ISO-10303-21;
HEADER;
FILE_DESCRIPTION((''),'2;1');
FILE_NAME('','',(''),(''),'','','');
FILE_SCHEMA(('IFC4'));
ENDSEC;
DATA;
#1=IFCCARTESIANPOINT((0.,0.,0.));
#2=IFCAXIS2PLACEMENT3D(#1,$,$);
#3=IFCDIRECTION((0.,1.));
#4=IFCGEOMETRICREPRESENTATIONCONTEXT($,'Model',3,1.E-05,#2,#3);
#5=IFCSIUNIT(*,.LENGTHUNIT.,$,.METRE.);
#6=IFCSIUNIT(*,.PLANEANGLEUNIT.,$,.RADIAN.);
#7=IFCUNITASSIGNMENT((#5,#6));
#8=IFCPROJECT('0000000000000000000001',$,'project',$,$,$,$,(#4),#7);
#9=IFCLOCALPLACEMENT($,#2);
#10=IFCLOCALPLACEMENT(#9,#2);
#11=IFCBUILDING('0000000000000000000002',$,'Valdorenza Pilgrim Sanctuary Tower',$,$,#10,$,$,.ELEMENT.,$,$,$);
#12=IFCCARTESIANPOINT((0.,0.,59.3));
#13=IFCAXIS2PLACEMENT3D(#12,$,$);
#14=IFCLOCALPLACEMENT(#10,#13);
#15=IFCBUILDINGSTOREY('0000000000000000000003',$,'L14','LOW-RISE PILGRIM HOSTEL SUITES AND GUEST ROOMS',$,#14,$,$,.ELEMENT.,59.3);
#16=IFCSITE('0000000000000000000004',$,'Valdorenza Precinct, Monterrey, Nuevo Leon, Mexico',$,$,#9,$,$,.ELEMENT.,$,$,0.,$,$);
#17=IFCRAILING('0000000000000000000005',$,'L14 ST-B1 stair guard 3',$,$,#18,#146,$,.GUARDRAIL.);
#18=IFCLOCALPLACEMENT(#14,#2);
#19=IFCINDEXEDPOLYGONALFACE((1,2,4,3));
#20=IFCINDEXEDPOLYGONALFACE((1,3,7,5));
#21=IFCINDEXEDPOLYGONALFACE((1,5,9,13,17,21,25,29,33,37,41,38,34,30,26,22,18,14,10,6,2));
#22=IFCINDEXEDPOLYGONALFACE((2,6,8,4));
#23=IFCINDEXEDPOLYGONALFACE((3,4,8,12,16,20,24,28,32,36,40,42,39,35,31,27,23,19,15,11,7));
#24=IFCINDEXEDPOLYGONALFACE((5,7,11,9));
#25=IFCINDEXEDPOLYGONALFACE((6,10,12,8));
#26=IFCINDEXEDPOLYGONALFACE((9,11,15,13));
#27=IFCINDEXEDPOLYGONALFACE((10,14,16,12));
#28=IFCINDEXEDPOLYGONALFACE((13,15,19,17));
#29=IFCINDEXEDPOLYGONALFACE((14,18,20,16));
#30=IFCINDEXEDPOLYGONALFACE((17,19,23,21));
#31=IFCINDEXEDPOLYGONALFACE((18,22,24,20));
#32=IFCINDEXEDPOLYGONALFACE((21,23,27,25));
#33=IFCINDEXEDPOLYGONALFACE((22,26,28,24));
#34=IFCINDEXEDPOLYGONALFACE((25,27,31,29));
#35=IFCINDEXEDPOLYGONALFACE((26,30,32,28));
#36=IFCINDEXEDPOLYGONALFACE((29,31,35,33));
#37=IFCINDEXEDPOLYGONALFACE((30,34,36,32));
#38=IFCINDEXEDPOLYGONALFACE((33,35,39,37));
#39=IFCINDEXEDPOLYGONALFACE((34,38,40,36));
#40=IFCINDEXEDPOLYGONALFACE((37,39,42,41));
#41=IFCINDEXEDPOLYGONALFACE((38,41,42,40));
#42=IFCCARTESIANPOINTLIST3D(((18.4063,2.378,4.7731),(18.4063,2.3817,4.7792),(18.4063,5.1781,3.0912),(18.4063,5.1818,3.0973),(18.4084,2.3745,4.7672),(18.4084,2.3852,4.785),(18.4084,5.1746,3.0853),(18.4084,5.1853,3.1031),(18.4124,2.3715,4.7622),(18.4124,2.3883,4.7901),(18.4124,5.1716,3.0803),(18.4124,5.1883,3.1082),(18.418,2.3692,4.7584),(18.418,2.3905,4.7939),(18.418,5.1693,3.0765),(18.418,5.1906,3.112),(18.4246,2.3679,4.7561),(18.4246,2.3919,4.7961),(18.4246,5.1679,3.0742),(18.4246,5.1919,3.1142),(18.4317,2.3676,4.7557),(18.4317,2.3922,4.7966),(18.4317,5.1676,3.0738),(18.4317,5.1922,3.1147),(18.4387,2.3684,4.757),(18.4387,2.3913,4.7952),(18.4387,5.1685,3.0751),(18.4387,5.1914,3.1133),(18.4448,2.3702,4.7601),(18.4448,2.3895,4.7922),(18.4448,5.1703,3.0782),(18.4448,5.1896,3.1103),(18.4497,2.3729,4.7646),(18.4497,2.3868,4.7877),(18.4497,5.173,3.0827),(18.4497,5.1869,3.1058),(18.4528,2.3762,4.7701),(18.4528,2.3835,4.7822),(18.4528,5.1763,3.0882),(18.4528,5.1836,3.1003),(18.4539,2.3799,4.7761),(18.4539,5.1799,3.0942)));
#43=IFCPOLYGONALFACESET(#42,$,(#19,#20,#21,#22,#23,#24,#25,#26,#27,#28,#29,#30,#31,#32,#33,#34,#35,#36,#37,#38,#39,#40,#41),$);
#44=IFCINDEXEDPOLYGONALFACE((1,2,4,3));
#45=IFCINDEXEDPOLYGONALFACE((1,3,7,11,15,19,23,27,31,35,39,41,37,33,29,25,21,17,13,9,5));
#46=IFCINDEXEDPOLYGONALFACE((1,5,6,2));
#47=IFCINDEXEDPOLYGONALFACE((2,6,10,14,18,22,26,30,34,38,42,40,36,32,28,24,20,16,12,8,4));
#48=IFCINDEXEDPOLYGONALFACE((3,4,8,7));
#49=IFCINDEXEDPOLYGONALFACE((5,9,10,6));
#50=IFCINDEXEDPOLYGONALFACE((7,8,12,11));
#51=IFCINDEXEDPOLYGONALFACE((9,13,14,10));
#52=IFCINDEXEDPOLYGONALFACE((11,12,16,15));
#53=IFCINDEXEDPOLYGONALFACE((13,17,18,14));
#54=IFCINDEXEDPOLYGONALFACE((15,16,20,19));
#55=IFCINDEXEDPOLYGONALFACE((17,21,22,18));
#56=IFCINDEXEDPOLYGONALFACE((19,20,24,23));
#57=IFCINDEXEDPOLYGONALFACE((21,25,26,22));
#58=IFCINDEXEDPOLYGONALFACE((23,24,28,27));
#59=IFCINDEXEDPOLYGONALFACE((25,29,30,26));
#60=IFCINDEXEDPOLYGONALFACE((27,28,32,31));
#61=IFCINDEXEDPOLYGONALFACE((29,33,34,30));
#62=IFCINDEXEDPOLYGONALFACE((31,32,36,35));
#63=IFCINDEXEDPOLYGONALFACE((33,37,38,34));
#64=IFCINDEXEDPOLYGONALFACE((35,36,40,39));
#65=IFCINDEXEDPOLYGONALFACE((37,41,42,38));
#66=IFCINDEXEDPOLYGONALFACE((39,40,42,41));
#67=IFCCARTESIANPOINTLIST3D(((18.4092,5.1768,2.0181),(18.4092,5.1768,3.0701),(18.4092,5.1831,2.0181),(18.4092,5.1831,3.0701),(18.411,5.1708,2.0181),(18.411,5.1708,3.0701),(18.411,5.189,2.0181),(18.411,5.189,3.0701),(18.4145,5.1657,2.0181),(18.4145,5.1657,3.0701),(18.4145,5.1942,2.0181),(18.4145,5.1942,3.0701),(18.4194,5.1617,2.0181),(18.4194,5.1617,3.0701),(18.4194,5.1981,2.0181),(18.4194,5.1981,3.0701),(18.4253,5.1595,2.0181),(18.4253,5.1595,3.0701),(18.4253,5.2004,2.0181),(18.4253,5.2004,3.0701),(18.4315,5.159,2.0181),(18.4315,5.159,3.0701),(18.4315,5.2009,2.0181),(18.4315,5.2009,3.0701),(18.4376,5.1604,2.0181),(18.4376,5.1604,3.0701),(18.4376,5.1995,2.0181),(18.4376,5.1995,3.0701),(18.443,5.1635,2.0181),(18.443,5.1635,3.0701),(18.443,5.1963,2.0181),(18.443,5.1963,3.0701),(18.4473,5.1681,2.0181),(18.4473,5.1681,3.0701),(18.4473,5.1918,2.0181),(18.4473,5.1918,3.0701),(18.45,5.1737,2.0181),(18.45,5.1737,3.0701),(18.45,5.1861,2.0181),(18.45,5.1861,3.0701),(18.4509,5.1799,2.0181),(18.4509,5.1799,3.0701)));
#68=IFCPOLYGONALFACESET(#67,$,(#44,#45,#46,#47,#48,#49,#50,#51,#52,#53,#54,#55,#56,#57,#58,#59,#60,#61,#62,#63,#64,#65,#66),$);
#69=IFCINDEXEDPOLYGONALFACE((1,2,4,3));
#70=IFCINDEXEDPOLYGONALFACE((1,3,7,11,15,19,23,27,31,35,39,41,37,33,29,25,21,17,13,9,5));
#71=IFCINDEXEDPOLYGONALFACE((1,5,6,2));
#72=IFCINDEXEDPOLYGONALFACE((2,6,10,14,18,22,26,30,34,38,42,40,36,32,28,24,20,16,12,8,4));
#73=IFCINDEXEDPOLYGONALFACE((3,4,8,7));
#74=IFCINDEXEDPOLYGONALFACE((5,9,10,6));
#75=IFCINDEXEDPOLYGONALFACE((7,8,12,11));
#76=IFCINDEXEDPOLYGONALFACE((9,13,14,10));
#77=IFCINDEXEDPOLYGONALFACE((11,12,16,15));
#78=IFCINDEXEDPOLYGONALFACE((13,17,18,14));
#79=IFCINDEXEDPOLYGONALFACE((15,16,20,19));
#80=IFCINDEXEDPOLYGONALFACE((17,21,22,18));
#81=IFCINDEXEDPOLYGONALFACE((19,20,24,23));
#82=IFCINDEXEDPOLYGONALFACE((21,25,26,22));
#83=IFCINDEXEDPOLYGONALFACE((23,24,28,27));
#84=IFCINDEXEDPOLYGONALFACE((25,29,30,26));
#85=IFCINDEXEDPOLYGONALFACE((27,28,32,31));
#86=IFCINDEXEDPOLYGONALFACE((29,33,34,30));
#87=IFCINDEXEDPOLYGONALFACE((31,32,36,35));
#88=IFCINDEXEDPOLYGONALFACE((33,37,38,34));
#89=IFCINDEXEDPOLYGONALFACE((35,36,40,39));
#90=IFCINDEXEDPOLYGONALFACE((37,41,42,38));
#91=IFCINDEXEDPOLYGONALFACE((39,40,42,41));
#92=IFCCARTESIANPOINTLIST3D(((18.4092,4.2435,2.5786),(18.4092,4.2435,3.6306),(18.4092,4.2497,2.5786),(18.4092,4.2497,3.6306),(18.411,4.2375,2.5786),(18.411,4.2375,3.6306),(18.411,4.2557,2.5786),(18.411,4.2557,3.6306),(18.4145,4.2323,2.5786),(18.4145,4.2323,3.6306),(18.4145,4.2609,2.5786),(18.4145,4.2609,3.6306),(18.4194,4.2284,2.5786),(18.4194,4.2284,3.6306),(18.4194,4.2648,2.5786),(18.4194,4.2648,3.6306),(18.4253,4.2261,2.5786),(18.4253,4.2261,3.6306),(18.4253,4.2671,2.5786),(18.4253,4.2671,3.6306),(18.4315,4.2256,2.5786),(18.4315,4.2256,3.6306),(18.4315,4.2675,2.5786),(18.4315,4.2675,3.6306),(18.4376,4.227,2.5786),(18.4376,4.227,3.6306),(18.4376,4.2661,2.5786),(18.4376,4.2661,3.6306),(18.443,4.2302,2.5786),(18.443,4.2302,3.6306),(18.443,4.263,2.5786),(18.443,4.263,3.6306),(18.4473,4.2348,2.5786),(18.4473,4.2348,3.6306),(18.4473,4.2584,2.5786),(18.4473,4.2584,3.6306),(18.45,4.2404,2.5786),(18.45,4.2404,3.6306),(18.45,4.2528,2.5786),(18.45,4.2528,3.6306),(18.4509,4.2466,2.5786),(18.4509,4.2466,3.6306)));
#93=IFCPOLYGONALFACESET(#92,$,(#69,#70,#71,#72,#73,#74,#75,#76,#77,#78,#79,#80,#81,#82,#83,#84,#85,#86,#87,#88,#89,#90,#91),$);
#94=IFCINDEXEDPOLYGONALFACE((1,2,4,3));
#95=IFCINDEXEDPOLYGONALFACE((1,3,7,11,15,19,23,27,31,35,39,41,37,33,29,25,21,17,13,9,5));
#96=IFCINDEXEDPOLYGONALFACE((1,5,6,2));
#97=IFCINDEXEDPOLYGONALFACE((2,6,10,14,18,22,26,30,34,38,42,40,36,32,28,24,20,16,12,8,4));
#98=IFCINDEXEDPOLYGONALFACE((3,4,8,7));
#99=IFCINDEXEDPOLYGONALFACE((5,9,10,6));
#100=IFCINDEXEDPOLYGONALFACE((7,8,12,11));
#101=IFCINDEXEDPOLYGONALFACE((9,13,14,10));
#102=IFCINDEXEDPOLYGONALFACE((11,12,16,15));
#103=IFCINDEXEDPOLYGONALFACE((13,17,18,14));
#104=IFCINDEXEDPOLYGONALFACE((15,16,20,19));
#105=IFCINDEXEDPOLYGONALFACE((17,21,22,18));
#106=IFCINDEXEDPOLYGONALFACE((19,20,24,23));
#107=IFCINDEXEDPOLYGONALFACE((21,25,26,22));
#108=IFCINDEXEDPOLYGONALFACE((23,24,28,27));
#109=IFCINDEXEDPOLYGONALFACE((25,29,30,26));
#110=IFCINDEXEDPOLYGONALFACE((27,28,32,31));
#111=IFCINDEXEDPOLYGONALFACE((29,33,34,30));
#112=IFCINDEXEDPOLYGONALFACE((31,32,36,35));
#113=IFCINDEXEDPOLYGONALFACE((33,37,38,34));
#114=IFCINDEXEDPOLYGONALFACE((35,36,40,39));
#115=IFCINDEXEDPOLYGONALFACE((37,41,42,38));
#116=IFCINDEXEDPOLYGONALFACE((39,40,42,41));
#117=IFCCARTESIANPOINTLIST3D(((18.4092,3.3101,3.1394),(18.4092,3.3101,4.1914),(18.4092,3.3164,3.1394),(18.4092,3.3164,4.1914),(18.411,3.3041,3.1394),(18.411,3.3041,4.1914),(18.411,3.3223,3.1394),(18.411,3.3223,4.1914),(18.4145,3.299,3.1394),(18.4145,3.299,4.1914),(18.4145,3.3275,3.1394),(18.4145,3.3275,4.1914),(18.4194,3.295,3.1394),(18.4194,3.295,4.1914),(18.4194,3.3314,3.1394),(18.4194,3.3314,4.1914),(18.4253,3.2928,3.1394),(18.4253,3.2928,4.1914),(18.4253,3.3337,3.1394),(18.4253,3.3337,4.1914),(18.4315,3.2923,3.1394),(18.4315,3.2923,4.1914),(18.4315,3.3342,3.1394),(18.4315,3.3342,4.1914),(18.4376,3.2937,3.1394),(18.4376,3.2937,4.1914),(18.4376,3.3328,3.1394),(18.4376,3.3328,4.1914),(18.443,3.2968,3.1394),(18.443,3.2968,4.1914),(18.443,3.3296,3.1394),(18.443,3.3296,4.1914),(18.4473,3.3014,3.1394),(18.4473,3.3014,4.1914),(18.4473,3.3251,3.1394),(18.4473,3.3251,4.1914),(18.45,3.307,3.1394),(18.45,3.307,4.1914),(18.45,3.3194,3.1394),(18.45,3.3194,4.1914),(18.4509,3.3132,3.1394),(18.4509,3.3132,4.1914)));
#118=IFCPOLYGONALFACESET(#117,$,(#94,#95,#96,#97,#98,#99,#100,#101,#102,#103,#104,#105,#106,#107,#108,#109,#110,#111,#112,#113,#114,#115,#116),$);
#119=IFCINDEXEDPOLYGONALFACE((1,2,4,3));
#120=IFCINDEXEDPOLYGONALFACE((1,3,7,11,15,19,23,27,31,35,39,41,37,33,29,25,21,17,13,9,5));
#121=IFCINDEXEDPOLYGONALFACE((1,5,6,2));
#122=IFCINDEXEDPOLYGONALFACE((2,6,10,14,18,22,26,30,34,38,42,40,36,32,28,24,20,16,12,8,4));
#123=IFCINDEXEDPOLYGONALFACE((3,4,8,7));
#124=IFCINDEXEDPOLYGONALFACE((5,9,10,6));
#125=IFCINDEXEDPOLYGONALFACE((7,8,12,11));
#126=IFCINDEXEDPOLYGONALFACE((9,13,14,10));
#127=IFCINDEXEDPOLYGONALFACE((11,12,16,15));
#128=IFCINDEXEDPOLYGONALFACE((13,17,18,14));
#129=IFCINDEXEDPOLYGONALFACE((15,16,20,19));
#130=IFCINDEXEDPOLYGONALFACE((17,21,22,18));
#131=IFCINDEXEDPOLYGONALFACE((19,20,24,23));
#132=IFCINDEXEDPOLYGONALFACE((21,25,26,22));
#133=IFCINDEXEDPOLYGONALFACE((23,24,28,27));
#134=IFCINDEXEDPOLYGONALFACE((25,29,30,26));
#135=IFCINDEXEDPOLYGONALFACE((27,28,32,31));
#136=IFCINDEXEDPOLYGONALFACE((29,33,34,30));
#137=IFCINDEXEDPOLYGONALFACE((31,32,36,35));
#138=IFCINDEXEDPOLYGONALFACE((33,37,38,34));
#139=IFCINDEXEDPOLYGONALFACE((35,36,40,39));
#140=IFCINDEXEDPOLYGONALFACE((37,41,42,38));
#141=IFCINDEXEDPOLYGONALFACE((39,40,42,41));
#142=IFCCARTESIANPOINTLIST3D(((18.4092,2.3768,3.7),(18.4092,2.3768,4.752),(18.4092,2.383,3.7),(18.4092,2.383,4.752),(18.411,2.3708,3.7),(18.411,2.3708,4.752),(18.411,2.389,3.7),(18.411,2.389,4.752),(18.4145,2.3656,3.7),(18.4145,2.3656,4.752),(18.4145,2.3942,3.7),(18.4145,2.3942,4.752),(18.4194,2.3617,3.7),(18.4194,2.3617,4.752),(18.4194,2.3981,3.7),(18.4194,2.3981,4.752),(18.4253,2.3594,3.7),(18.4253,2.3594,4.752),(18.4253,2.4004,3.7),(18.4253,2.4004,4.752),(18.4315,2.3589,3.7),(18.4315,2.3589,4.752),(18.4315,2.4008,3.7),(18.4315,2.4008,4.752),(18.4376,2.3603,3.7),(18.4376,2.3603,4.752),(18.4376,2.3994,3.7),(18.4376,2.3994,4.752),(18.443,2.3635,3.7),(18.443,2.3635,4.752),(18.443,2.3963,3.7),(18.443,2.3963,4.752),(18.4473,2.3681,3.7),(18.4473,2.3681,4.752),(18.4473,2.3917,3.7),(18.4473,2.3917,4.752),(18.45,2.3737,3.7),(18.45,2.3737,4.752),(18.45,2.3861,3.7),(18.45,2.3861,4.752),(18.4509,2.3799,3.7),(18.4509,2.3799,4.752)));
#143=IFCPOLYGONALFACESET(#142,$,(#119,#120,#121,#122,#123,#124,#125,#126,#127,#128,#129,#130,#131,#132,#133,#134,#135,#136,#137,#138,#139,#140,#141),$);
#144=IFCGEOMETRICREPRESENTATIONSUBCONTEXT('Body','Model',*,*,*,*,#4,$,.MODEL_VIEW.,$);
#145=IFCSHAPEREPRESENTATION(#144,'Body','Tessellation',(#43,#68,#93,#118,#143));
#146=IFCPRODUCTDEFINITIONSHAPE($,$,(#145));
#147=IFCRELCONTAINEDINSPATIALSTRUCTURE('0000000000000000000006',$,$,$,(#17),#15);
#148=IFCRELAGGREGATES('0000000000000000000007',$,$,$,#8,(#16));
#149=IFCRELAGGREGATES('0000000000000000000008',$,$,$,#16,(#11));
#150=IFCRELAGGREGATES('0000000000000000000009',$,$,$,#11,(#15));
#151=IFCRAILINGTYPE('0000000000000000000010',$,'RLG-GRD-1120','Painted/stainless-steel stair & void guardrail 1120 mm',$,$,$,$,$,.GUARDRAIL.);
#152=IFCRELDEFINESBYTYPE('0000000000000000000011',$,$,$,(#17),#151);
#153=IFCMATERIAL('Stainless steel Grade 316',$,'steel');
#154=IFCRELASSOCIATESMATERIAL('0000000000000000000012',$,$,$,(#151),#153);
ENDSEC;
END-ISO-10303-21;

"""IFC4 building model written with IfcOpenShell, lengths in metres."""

from ifc_helpers import new_model, si_unit, direction, frame, origin, origin_2d, place, context, subcontext, project, spatial, circle, extrude, material, type_object, element, save


model = new_model("IFC4")

# Units and contexts
model_context = context("Model", 3, precision=1e-05, world=origin(), true_north=direction((0.0, 1.0)))
body_context = subcontext(model_context, "Body", "Model", "MODEL_VIEW")
ifc_project = project(units=[si_unit("LENGTHUNIT", "METRE"), si_unit("PLANEANGLEUNIT", "RADIAN")], contexts=[model_context])

# Site, building, storey
site_placement = place(None, origin())
site = spatial("IfcSite", under=ifc_project, at=site_placement, Name="Valdorenza Precinct, Monterrey, Nuevo Leon, Mexico", CompositionType="ELEMENT", RefElevation=0.0)
building_placement = place(site_placement, origin())
building = spatial("IfcBuilding", under=site, at=building_placement, Name="Valdorenza Pilgrim Sanctuary Tower", CompositionType="ELEMENT")
storey_placement = place(building_placement, frame((0.0, 0.0, 59.3)))
storey = spatial("IfcBuildingStorey", under=building, at=storey_placement, Name="L14", Description="LOW-RISE PILGRIM HOSTEL SUITES AND GUEST ROOMS", CompositionType="ELEMENT", Elevation=59.3)

# Railing
ifc_material_1 = material(Name="Stainless steel Grade 316", Category="steel")
railing_type_1 = type_object("IfcRailingType", Name="RLG-GRD-1120", Description="Painted/stainless-steel stair & void guardrail 1120 mm", PredefinedType="GUARDRAIL", material=ifc_material_1)
railing_1_placement = place(storey_placement, frame((18.4299, 5.1799, 2.0181)))
element("IfcRailing", 1, at=railing_1_placement, inside=storey, type_object=railing_type_1, Name="L14 ST-B1 stair guard 3", PredefinedType="GUARDRAIL", context=body_context, shape_type="SweptSolid", body=[
    extrude(circle(Radius=0.0239, at=origin_2d()), frame((0.0, 0.0, 1.0762), z_axis=(0.0, -0.857242, 0.514913), x_axis=(1.0, 0.0, 0.0)), (0.0, 0.0, 1.0), 3.2664),
    extrude(circle(Radius=0.021, at=origin_2d()), origin(), (0.0, 0.0, 1.0), 1.052),
    extrude(circle(Radius=0.021, at=origin_2d()), frame((0.0, -0.9333, 0.5605)), (0.0, 0.0, 1.0), 1.052),
    extrude(circle(Radius=0.021, at=origin_2d()), frame((0.0, -1.8667, 1.1213)), (0.0, 0.0, 1.0), 1.052),
    extrude(circle(Radius=0.021, at=origin_2d()), frame((0.0, -2.8, 1.6819)), (0.0, 0.0, 1.0), 1.052),
])

save(model, "model.ifc")
